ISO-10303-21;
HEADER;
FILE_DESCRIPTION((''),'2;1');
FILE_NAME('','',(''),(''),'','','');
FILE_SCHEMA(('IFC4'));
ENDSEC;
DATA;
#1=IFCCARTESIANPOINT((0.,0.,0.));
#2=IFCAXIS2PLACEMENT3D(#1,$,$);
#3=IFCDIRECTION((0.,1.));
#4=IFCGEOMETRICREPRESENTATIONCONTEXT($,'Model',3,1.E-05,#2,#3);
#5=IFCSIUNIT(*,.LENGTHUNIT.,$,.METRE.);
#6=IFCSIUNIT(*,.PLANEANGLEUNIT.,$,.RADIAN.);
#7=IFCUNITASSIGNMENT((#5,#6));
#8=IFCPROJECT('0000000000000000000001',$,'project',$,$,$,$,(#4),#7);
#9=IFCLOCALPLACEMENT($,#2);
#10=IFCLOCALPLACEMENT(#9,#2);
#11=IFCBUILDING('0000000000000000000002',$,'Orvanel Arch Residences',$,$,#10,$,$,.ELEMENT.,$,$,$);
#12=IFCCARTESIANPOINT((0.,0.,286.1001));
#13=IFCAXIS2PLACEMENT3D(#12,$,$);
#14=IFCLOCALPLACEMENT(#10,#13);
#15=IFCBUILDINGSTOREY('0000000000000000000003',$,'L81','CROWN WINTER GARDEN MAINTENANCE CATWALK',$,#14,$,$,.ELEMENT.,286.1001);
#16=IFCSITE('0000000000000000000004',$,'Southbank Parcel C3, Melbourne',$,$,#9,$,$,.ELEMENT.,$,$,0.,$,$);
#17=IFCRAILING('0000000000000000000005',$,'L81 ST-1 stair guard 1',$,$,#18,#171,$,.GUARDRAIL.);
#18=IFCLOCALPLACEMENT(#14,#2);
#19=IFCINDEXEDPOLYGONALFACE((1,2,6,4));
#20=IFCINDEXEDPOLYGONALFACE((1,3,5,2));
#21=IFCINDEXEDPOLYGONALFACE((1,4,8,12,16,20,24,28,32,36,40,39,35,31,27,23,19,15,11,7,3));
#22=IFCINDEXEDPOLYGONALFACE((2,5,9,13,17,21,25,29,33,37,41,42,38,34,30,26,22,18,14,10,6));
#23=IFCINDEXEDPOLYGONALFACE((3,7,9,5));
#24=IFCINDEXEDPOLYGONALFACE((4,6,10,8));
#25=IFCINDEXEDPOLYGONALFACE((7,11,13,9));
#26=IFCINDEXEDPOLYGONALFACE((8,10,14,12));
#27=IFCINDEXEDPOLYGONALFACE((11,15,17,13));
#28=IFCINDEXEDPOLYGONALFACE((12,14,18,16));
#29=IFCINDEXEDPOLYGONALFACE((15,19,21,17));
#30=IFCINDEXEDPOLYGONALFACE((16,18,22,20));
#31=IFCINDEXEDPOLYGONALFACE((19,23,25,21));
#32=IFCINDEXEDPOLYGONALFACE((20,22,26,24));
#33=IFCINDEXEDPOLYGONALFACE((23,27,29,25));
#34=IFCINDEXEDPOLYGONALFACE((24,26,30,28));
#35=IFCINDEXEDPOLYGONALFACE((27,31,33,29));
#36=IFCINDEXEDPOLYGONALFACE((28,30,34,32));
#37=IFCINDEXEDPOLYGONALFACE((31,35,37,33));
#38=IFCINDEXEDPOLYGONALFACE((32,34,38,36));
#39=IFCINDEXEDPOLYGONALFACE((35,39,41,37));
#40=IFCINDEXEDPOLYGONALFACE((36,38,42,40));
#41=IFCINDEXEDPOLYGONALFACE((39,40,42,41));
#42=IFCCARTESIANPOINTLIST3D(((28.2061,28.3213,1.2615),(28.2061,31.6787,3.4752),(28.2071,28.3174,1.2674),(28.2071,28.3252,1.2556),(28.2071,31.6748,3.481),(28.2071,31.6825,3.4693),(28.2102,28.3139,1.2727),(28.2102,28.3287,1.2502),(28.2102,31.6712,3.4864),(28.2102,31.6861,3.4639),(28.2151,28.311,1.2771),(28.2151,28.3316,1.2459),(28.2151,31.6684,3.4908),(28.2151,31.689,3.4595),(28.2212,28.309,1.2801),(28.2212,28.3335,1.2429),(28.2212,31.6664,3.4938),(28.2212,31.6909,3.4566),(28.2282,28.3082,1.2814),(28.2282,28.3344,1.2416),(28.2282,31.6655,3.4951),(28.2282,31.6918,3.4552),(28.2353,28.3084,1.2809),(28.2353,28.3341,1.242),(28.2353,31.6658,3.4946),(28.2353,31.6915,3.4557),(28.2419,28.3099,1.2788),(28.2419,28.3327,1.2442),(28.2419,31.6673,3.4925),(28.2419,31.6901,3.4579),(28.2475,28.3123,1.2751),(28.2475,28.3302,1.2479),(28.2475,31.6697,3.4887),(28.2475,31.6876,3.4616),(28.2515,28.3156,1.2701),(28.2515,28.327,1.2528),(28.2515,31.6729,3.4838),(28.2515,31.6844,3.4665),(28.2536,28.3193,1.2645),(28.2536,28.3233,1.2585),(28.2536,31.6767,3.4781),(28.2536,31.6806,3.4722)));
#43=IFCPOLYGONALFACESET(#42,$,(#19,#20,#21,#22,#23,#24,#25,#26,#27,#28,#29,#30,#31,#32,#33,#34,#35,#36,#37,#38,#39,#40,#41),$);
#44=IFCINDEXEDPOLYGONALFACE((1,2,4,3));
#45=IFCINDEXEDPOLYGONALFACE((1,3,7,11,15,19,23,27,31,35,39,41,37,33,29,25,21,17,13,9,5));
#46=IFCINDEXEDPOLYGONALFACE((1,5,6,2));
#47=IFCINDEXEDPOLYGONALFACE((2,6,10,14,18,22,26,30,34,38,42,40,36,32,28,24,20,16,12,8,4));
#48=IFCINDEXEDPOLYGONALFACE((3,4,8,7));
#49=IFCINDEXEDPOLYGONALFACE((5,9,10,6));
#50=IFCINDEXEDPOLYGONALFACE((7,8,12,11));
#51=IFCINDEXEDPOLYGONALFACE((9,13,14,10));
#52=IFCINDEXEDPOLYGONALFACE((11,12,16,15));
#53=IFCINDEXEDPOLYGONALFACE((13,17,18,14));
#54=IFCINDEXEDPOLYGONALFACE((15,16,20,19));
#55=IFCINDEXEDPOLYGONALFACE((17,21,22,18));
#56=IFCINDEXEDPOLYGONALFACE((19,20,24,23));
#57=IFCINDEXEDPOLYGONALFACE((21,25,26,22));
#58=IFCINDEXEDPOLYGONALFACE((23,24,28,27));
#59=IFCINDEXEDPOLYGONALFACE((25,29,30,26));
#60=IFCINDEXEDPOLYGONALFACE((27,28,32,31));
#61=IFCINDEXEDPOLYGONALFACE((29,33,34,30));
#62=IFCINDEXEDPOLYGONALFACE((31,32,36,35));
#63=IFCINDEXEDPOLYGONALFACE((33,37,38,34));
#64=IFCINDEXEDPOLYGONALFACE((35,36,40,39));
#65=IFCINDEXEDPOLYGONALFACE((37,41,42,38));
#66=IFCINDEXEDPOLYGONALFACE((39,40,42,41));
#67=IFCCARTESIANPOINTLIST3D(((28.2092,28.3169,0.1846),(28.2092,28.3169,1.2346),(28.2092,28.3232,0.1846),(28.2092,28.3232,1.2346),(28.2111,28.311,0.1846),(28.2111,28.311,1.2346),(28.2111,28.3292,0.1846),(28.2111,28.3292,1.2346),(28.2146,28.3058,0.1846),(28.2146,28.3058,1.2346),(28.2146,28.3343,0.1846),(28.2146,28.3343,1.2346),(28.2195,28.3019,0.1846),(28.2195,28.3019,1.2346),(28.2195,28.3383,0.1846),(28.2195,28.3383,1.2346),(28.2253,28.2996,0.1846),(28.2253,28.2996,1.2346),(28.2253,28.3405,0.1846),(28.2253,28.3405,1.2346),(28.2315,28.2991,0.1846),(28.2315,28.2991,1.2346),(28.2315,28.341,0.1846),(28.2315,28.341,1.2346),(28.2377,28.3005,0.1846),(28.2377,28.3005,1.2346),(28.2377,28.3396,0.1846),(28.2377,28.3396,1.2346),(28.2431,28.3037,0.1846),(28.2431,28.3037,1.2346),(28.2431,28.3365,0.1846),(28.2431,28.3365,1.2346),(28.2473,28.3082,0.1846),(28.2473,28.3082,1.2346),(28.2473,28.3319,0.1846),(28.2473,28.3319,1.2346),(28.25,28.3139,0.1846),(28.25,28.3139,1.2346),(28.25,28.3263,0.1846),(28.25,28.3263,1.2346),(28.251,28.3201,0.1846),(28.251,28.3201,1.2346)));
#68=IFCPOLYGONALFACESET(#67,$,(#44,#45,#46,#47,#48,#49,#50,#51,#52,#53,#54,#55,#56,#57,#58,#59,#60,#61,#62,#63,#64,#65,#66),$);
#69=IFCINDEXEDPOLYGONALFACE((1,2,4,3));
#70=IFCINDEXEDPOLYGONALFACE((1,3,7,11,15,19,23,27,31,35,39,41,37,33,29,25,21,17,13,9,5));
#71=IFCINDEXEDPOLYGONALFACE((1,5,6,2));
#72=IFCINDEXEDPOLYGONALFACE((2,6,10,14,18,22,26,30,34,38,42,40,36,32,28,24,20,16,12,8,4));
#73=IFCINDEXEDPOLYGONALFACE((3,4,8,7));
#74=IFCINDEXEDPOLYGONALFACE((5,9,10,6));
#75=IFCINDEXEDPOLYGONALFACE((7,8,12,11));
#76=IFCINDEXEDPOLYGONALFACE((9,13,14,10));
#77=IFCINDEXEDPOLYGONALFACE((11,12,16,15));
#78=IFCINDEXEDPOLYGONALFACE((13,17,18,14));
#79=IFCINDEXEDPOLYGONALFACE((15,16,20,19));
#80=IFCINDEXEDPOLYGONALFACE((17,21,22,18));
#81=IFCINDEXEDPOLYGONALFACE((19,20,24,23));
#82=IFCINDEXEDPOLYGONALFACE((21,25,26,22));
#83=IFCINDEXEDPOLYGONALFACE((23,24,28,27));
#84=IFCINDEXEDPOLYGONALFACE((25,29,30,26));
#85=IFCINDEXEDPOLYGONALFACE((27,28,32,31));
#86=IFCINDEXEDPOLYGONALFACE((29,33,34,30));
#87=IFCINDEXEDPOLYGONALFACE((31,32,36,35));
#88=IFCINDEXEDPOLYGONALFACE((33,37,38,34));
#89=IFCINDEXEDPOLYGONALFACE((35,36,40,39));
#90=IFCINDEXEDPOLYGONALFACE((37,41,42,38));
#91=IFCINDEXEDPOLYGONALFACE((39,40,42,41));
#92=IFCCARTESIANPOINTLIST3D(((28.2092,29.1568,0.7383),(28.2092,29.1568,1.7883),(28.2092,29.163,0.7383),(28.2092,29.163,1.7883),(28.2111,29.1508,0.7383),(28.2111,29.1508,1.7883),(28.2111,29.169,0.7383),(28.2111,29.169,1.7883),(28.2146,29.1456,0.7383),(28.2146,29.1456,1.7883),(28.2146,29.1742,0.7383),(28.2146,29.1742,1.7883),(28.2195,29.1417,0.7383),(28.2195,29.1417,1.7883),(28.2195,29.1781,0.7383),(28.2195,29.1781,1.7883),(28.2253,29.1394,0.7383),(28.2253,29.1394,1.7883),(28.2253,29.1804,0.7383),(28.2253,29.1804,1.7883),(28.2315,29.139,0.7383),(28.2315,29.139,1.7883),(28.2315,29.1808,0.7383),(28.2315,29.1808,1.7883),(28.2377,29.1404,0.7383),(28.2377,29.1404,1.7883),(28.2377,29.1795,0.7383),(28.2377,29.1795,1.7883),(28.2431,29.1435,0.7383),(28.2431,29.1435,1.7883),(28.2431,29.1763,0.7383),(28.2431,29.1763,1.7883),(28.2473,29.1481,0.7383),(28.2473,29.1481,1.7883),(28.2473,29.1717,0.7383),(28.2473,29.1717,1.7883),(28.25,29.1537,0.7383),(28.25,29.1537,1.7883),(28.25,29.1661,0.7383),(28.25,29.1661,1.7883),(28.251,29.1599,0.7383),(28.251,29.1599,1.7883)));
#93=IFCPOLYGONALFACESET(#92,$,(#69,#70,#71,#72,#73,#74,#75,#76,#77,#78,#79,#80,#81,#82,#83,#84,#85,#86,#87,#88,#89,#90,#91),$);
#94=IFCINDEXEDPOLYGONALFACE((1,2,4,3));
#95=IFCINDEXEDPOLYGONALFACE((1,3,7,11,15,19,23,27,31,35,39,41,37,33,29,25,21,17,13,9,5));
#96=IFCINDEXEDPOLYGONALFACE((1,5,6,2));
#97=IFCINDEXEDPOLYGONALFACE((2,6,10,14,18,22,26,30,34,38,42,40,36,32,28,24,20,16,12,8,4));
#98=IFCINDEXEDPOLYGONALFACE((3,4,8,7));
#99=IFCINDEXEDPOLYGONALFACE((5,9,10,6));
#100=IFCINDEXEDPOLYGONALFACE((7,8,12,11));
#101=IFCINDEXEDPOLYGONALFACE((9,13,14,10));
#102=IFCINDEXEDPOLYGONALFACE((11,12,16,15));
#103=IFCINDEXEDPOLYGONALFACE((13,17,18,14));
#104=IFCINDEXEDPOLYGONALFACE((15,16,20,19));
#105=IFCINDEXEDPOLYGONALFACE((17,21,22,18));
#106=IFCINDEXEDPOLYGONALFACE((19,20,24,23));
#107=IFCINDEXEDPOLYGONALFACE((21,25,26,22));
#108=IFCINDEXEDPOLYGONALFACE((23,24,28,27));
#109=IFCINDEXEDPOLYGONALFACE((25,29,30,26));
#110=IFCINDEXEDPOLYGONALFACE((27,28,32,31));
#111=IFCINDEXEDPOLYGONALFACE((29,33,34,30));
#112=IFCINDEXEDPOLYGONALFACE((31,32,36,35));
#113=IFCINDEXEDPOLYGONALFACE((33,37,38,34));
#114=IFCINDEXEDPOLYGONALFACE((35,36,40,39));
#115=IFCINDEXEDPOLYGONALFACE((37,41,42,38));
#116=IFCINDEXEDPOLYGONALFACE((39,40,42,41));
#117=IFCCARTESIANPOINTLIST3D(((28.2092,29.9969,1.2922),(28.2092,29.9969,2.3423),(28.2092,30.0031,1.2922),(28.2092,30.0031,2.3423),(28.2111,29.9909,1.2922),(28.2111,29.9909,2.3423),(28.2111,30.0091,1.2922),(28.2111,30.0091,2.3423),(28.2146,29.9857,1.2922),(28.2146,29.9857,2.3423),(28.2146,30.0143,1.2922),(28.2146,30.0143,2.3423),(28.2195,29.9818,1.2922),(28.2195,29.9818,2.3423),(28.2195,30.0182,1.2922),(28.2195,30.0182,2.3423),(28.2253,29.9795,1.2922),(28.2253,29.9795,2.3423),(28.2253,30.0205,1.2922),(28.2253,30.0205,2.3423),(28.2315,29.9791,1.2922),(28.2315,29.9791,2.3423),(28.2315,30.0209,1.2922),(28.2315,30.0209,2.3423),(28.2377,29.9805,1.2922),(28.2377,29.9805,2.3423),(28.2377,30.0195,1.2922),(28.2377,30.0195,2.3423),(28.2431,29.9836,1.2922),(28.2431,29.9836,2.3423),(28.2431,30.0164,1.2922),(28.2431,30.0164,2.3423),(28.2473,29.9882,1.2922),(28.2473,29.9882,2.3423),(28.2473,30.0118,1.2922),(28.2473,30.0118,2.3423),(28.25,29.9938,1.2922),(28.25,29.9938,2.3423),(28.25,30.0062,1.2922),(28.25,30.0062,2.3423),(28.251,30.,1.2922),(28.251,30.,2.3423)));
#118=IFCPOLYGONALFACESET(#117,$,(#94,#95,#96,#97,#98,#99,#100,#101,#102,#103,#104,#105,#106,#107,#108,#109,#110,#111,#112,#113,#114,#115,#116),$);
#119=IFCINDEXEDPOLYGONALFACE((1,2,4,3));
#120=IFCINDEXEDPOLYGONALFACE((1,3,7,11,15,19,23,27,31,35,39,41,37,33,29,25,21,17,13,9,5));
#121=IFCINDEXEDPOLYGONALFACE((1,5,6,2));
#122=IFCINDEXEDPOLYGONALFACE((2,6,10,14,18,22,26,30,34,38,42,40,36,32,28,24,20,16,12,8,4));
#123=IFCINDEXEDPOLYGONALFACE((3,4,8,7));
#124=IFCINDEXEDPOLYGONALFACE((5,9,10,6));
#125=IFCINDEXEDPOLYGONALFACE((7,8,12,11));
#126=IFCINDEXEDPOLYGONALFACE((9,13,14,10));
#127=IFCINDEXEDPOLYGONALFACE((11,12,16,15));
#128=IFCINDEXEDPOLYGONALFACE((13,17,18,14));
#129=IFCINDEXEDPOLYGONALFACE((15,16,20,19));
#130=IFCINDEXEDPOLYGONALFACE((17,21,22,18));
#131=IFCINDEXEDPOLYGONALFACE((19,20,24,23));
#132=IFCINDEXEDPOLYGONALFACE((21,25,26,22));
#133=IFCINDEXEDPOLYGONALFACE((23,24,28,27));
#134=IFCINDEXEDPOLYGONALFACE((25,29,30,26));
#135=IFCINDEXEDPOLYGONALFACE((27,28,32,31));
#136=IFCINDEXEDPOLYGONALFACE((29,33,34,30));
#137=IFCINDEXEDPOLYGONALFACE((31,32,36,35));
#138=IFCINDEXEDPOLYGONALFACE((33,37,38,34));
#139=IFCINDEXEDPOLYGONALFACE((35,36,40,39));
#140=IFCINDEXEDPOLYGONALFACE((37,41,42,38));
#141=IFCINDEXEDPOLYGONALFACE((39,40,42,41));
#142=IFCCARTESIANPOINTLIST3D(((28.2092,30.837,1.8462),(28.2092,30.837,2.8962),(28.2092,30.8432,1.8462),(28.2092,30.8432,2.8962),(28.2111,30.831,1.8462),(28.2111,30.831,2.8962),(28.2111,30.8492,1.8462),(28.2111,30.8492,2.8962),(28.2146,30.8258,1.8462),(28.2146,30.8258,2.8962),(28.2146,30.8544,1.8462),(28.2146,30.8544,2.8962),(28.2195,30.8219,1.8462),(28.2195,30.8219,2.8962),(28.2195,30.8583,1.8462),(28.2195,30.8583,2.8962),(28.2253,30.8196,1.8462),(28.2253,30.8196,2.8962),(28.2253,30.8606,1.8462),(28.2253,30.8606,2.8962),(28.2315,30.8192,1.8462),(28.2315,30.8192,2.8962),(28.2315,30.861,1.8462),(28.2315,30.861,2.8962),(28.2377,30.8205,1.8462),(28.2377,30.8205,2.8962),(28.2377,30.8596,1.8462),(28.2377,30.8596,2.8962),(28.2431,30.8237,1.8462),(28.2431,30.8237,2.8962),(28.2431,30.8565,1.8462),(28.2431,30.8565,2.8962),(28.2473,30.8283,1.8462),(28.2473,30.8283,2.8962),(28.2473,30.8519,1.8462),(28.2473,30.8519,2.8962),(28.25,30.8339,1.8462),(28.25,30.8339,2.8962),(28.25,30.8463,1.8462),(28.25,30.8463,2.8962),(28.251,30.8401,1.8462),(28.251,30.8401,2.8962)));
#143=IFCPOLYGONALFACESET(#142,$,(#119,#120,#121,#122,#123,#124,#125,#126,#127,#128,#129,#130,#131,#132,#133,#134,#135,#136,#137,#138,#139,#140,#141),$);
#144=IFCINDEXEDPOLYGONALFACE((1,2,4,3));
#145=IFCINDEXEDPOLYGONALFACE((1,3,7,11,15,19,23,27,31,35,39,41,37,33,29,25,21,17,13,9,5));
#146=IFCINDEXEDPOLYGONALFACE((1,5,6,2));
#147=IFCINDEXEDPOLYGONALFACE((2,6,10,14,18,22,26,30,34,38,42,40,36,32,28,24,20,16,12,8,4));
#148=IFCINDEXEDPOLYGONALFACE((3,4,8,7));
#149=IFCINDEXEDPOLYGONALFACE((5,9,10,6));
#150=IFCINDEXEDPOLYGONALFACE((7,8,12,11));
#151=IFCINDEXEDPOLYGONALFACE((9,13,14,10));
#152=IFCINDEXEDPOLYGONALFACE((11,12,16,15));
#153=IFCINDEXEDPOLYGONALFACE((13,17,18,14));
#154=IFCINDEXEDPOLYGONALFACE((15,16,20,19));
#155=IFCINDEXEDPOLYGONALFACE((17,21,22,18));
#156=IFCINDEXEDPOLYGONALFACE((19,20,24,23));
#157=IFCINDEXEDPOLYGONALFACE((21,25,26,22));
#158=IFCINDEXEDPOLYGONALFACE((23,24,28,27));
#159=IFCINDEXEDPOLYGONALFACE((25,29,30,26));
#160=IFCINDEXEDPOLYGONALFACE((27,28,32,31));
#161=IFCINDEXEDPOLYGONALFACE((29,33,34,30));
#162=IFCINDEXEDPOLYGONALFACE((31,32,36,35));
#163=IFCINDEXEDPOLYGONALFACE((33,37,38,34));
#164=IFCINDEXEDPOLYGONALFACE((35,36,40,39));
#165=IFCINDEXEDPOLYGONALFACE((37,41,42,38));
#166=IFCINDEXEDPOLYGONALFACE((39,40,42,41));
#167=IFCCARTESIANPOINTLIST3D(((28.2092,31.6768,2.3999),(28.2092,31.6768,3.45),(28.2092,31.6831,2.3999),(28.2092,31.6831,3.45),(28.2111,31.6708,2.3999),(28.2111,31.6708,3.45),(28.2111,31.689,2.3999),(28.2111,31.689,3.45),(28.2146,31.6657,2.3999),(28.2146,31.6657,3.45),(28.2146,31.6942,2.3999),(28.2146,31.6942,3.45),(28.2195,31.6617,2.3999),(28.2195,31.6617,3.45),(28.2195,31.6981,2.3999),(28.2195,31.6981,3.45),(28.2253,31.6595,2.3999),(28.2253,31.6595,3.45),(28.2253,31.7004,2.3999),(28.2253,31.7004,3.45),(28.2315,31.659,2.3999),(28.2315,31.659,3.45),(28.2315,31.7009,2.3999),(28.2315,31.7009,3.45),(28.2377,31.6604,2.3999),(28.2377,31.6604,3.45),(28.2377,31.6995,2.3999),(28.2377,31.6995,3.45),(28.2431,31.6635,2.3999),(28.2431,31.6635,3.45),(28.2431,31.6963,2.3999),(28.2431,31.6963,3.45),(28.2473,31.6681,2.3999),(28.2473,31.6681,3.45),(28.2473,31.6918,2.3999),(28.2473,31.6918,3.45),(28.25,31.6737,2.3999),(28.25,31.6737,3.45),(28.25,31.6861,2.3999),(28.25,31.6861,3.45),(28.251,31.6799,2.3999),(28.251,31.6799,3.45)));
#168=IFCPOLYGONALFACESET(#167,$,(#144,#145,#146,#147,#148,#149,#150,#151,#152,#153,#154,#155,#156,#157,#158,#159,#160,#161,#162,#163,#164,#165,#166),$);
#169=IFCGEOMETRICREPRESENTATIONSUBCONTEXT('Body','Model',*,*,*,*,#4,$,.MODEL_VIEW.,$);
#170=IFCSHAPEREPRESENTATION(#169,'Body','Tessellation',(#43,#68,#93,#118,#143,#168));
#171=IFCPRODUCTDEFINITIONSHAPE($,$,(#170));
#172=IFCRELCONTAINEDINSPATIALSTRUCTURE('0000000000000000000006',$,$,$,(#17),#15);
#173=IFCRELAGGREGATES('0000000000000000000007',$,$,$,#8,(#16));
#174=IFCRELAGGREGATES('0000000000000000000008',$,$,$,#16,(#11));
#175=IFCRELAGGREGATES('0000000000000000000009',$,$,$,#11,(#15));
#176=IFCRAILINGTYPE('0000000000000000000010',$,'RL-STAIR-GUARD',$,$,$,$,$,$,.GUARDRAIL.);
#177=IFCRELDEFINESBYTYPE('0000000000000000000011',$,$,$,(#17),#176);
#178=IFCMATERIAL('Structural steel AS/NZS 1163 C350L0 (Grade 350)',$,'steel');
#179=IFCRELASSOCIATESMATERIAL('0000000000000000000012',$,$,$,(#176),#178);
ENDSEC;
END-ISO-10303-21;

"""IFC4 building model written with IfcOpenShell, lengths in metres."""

from ifc_helpers import new_model, si_unit, direction, frame, origin, origin_2d, place, context, subcontext, project, spatial, circle, extrude, material, type_object, element, save


model = new_model("IFC4")

# Units and contexts
model_context = context("Model", 3, precision=1e-05, world=origin(), true_north=direction((0.0, 1.0)))
body_context = subcontext(model_context, "Body", "Model", "MODEL_VIEW")
ifc_project = project(units=[si_unit("LENGTHUNIT", "METRE"), si_unit("PLANEANGLEUNIT", "RADIAN")], contexts=[model_context])

# Site, building, storey
site_placement = place(None, origin())
site = spatial("IfcSite", under=ifc_project, at=site_placement, Name="Southbank Parcel C3, Melbourne", CompositionType="ELEMENT", RefElevation=0.0)
building_placement = place(site_placement, origin())
building = spatial("IfcBuilding", under=site, at=building_placement, Name="Orvanel Arch Residences", CompositionType="ELEMENT")
storey_placement = place(building_placement, frame((0.0, 0.0, 286.1001)))
storey = spatial("IfcBuildingStorey", under=building, at=storey_placement, Name="L81", Description="CROWN WINTER GARDEN MAINTENANCE CATWALK", CompositionType="ELEMENT", Elevation=286.1001)

# Shared definitions
ifc_material_1 = material(Name="Structural steel AS/NZS 1163 C350L0 (Grade 350)", Category="steel")

# Railing
railing_type_1 = type_object("IfcRailingType", Name="RL-STAIR-GUARD", PredefinedType="GUARDRAIL", material=ifc_material_1)
railing_1_placement = place(storey_placement, frame((28.23, 28.3201, 0.1846)))
element("IfcRailing", 1, at=railing_1_placement, inside=storey, type_object=railing_type_1, Name="L81 ST-1 stair guard 1", PredefinedType="GUARDRAIL", context=body_context, shape_type="SweptSolid", body=[
    extrude(circle(Radius=0.0239, at=origin_2d()), frame((0.0, 0.0012, 1.0769), z_axis=(0.0, 0.834858, 0.550465), x_axis=(-1.0, 0.0, 0.0)), (0.0, 0.0, 1.0), 4.0215),
    extrude(circle(Radius=0.021, at=origin_2d()), origin(), (0.0, 0.0, 1.0), 1.05),
    extrude(circle(Radius=0.021, at=origin_2d()), frame((0.0, 0.8398, 0.5537)), (0.0, 0.0, 1.0), 1.05),
    extrude(circle(Radius=0.021, at=origin_2d()), frame((0.0, 1.6799, 1.1077)), (0.0, 0.0, 1.0), 1.05),
    extrude(circle(Radius=0.021, at=origin_2d()), frame((0.0, 2.52, 1.6616)), (0.0, 0.0, 1.0), 1.05),
    extrude(circle(Radius=0.021, at=origin_2d()), frame((0.0, 3.3599, 2.2153)), (0.0, 0.0, 1.0), 1.05),
])

save(model, "model.ifc")
